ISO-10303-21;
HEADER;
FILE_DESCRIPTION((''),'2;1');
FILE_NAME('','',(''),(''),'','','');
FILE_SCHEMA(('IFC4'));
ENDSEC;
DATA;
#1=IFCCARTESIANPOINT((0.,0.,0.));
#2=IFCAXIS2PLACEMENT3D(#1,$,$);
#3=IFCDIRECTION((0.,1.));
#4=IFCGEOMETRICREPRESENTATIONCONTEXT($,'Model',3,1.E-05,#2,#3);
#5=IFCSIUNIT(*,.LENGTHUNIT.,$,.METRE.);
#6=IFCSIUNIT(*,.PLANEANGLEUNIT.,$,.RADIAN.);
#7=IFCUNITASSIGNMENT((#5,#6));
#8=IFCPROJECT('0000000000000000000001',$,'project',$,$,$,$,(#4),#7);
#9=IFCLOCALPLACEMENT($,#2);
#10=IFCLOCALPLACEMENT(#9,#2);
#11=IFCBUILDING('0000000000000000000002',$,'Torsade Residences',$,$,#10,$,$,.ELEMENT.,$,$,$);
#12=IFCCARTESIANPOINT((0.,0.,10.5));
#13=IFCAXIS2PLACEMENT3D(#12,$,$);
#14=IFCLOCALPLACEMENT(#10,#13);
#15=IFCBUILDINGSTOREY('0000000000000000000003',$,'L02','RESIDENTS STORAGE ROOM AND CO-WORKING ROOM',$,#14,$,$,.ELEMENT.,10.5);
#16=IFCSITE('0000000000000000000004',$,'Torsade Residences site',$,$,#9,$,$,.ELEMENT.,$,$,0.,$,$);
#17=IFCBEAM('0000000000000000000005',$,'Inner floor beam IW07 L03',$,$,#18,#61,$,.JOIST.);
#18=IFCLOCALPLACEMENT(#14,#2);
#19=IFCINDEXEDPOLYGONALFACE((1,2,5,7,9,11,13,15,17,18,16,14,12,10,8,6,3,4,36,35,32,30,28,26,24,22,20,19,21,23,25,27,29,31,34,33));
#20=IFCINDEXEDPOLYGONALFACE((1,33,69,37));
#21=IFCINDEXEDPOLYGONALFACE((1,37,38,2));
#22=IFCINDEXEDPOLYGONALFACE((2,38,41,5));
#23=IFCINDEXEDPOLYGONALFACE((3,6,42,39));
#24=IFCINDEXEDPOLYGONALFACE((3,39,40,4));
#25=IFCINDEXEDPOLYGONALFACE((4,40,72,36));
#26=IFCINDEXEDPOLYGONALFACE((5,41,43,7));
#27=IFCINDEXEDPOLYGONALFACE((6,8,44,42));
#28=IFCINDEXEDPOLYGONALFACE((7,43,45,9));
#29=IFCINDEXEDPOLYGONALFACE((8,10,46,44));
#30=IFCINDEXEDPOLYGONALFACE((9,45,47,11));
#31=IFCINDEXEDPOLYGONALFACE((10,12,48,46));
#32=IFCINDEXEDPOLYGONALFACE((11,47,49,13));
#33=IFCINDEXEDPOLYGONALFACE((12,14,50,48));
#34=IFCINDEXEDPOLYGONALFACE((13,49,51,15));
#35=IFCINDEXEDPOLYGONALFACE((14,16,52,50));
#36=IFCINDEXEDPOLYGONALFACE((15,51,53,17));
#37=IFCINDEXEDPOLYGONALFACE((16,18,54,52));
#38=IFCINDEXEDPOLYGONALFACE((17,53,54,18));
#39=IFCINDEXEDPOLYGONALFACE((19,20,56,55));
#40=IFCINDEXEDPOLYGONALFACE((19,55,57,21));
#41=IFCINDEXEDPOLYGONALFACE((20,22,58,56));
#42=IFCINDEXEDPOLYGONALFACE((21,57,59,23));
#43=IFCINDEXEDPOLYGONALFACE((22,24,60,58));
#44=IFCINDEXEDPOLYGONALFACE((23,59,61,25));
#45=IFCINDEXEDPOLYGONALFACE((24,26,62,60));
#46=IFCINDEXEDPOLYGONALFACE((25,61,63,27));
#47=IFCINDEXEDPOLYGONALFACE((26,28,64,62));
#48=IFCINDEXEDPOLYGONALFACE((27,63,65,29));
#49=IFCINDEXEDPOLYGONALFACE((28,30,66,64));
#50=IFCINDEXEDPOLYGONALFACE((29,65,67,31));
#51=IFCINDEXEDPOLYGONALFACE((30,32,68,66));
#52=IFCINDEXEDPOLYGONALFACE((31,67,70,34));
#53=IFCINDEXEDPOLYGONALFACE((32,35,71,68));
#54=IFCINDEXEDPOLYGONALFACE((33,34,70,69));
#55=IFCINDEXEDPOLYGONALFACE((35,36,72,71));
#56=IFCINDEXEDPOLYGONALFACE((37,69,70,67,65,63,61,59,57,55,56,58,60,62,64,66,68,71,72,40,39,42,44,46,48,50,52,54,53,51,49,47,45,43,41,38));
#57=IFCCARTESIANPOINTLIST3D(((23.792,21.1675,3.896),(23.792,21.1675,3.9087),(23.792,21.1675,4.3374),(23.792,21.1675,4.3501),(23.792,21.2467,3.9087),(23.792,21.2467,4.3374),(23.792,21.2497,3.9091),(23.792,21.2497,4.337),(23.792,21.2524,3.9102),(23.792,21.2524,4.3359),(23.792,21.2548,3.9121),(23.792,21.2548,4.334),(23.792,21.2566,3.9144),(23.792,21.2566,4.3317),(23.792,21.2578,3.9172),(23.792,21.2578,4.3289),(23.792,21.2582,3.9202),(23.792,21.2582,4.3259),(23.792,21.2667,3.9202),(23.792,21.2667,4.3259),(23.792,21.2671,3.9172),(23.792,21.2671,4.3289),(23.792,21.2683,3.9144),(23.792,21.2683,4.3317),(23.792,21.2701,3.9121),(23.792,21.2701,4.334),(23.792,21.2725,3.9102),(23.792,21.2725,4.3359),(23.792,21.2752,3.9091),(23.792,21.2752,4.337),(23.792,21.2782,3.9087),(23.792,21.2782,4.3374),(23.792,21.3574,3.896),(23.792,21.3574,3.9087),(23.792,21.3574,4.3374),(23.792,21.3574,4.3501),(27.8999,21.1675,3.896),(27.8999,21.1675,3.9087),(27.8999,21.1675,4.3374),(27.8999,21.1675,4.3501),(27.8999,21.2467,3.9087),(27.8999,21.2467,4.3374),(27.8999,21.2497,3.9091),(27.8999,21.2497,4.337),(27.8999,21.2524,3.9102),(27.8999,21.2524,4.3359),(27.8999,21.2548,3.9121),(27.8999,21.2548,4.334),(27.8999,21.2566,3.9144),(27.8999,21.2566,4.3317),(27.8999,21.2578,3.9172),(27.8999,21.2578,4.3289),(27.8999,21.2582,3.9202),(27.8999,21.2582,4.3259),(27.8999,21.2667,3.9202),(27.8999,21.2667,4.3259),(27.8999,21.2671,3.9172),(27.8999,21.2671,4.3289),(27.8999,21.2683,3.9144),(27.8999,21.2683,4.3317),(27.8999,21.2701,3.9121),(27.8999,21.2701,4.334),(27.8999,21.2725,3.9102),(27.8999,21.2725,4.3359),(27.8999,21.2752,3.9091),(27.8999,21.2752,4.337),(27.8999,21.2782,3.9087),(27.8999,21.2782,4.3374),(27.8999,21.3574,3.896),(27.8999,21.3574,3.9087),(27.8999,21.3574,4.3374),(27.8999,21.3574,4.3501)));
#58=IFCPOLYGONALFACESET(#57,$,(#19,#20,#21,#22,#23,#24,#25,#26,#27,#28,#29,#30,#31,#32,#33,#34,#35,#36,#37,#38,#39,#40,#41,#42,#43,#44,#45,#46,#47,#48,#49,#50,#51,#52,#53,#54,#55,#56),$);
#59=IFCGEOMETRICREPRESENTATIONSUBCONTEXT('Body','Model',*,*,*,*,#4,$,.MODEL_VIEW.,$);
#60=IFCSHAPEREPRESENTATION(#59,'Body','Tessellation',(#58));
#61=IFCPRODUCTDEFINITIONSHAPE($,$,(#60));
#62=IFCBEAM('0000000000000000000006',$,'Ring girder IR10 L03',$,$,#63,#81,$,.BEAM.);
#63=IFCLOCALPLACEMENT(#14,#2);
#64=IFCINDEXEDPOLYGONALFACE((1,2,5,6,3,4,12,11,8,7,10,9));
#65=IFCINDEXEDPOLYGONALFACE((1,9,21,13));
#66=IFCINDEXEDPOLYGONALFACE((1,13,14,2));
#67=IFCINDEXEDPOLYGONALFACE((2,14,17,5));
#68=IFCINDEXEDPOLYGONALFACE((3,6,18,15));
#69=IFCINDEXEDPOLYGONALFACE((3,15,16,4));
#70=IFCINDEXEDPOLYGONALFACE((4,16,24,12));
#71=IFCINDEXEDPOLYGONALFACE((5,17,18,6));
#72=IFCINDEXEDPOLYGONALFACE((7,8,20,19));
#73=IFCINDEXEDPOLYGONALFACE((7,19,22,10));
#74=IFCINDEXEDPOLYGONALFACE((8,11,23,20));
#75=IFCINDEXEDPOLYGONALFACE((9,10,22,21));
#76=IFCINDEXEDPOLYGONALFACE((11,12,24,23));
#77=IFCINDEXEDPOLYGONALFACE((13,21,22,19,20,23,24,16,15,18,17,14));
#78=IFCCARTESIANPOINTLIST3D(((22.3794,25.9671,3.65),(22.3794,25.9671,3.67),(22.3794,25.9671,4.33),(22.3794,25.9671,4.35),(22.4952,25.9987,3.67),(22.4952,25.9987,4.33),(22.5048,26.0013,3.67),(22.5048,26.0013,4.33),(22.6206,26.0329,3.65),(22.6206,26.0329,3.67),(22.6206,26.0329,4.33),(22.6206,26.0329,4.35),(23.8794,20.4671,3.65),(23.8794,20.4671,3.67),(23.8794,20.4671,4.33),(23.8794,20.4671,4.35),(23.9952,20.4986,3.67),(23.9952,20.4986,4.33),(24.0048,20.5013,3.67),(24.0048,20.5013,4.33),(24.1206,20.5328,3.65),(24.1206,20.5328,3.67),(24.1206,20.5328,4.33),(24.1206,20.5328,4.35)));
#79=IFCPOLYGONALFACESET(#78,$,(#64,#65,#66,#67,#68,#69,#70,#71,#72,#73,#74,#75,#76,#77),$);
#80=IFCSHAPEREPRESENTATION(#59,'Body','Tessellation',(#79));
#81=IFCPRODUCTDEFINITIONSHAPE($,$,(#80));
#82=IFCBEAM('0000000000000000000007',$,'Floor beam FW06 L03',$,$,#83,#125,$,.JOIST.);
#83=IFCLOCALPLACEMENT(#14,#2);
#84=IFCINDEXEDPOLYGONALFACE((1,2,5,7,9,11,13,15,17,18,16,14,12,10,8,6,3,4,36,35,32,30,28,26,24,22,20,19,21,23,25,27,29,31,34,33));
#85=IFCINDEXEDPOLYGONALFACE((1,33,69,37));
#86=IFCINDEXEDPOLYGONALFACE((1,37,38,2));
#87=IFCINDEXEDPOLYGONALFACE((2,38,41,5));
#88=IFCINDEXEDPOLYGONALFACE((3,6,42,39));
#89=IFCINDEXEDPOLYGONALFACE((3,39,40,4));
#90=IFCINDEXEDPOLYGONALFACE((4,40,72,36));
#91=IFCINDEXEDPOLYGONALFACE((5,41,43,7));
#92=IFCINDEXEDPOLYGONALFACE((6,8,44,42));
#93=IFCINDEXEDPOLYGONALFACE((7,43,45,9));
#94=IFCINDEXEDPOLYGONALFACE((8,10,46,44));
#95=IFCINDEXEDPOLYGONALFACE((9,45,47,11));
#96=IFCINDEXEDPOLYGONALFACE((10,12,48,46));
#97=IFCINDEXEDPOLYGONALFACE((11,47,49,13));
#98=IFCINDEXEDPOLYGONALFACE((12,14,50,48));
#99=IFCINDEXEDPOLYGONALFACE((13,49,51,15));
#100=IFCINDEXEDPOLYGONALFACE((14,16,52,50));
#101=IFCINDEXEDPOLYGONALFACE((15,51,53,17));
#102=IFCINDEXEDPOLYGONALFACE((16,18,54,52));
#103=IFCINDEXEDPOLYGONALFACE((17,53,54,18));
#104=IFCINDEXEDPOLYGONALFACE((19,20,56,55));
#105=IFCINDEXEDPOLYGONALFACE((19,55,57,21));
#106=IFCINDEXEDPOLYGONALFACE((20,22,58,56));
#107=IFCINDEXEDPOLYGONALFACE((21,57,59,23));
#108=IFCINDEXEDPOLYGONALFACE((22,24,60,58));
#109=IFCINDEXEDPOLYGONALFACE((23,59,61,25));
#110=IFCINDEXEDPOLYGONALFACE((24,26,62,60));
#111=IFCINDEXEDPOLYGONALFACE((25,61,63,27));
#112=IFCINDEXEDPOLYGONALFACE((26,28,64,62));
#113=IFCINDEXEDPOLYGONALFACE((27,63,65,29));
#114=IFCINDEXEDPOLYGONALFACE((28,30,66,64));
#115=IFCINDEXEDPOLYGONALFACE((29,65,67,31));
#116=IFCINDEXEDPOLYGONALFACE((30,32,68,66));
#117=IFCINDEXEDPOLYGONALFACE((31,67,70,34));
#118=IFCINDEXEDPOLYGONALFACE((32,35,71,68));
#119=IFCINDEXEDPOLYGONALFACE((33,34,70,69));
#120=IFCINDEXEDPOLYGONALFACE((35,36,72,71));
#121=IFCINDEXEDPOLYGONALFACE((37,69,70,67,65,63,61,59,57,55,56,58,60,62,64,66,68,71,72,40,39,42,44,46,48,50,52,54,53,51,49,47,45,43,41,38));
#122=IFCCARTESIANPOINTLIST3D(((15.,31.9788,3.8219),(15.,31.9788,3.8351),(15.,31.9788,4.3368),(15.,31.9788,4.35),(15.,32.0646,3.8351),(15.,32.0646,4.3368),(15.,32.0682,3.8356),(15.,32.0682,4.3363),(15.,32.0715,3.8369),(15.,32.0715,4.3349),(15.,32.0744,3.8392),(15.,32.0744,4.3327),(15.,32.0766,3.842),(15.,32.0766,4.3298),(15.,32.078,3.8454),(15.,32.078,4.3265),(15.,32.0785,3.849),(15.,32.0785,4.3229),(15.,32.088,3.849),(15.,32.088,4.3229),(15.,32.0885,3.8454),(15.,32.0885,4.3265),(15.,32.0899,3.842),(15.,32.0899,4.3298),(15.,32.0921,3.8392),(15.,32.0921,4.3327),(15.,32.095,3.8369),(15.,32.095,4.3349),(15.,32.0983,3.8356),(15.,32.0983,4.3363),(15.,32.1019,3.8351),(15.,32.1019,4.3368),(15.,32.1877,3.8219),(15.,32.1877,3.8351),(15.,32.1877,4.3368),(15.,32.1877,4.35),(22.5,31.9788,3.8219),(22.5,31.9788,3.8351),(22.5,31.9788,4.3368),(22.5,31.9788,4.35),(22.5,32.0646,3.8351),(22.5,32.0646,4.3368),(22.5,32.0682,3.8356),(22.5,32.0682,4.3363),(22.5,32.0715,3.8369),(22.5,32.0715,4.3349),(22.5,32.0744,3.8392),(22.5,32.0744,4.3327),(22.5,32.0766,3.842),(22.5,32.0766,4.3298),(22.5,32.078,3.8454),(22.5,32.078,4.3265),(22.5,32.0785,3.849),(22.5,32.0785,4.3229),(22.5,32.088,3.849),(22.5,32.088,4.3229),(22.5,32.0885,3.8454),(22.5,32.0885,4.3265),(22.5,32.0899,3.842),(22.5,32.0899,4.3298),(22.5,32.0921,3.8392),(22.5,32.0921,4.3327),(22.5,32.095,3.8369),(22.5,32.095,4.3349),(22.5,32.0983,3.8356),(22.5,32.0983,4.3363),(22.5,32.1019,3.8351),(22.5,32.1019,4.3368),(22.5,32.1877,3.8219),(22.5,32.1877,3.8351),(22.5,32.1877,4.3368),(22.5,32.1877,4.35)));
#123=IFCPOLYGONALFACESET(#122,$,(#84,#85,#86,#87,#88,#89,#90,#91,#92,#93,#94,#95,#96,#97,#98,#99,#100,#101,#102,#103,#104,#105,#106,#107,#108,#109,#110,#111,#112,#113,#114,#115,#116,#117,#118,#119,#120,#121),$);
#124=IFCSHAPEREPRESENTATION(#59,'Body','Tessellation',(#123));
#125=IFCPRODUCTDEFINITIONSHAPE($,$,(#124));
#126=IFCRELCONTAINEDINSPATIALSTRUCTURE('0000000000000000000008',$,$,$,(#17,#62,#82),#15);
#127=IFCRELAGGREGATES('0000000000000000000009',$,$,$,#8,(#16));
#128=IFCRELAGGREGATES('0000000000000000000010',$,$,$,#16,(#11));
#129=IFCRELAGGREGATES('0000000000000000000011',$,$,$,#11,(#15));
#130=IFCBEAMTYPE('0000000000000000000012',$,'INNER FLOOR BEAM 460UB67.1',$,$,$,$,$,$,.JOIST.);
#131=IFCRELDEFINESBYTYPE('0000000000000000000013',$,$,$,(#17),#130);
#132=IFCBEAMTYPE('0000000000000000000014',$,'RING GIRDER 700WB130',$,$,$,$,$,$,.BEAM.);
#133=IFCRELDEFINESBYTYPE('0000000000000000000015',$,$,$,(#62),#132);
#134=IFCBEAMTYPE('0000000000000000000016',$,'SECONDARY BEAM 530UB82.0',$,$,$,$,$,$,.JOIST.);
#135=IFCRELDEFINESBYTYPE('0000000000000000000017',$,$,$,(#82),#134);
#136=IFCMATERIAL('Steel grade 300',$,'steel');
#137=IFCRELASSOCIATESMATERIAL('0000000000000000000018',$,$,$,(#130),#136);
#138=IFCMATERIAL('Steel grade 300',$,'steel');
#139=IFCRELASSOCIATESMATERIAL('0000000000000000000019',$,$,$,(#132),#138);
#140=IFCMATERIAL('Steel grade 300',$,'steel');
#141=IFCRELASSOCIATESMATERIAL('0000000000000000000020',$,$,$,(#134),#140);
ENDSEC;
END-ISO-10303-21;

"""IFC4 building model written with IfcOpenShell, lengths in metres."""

from ifc_helpers import new_model, si_unit, direction, frame, origin, origin_2d, place, context, subcontext, project, spatial, i_section, extrude, material, material_profile, profile_set, type_object, element, save


model = new_model("IFC4")

# Units and contexts
model_context = context("Model", 3, precision=1e-05, world=origin(), true_north=direction((0.0, 1.0)))
body_context = subcontext(model_context, "Body", "Model", "MODEL_VIEW")
ifc_project = project(units=[si_unit("LENGTHUNIT", "METRE"), si_unit("PLANEANGLEUNIT", "RADIAN")], contexts=[model_context])

# Site, building, storey
site_placement = place(None, origin())
site = spatial("IfcSite", under=ifc_project, at=site_placement, Name="Torsade Residences site", CompositionType="ELEMENT", RefElevation=0.0)
building_placement = place(site_placement, origin())
building = spatial("IfcBuilding", under=site, at=building_placement, Name="Torsade Residences", CompositionType="ELEMENT")
storey_placement = place(building_placement, frame((0.0, 0.0, 10.5)))
storey = spatial("IfcBuildingStorey", under=building, at=storey_placement, Name="L02", Description="RESIDENTS STORAGE ROOM AND CO-WORKING ROOM", CompositionType="ELEMENT", Elevation=10.5)

# Beams
ifc_material_1 = material(Name="Steel grade 300", Category="steel")
ifc_material_profile_1 = material_profile(ifc_material_1, i_section(OverallWidth=0.1899, OverallDepth=0.4541, WebThickness=0.0085, FlangeThickness=0.0127, FilletRadius=0.0115, at=origin_2d()), Name="460UB67.1")
ifc_profile_set_1 = profile_set([ifc_material_profile_1], Name="Steel grade 300")
beam_type_1 = type_object("IfcBeamType", Name="INNER FLOOR BEAM 460UB67.1", PredefinedType="JOIST", material=ifc_profile_set_1)
beam_1_placement = place(storey_placement, frame((27.8999, 21.2625, 4.123), z_axis=(-1.0, 0.0, 0.0), x_axis=(0.0, -1.0, 0.0)))
element("IfcBeam", 1, at=beam_1_placement, inside=storey, type_object=beam_type_1, Name="Inner floor beam IW07 L03", PredefinedType="JOIST", context=body_context, shape_type="SweptSolid", body=[
    extrude(i_section(OverallWidth=0.1899, OverallDepth=0.4541, WebThickness=0.0085, FlangeThickness=0.0127, FilletRadius=0.0115, at=origin_2d()), origin(), (0.0, 0.0, 1.0), 4.1079),
])
ifc_material_2 = material(Name="Steel grade 300", Category="steel")
ifc_material_profile_2 = material_profile(ifc_material_2, i_section(OverallWidth=0.25, OverallDepth=0.7, WebThickness=0.01, FlangeThickness=0.02, at=origin_2d()), Name="700WB130")
ifc_profile_set_2 = profile_set([ifc_material_profile_2], Name="Steel grade 300")
beam_type_2 = type_object("IfcBeamType", Name="RING GIRDER 700WB130", PredefinedType="BEAM", material=ifc_profile_set_2)
beam_2_placement = place(storey_placement, frame((22.5, 26.0, 4.0), z_axis=(0.263117, -0.964764, 0.0), x_axis=(0.964764, 0.263117, 0.0)))
element("IfcBeam", 2, at=beam_2_placement, inside=storey, type_object=beam_type_2, Name="Ring girder IR10 L03", PredefinedType="BEAM", context=body_context, shape_type="SweptSolid", body=[
    extrude(i_section(OverallWidth=0.25, OverallDepth=0.7, WebThickness=0.01, FlangeThickness=0.02, at=origin_2d()), origin(), (0.0, 0.0, 1.0), 5.7009),
])
ifc_material_3 = material(Name="Steel grade 300", Category="steel")
ifc_material_profile_3 = material_profile(ifc_material_3, i_section(OverallWidth=0.209, OverallDepth=0.5281, WebThickness=0.0095, FlangeThickness=0.0132, FilletRadius=0.0139, at=origin_2d()), Name="530UB82.0")
ifc_profile_set_3 = profile_set([ifc_material_profile_3], Name="Steel grade 300")
beam_type_3 = type_object("IfcBeamType", Name="SECONDARY BEAM 530UB82.0", PredefinedType="JOIST", material=ifc_profile_set_3)
beam_3_placement = place(storey_placement, frame((15.0, 32.0833, 4.0859), z_axis=(1.0, 0.0, 0.0), x_axis=(0.0, 1.0, 0.0)))
element("IfcBeam", 3, at=beam_3_placement, inside=storey, type_object=beam_type_3, Name="Floor beam FW06 L03", PredefinedType="JOIST", context=body_context, shape_type="SweptSolid", body=[
    extrude(i_section(OverallWidth=0.209, OverallDepth=0.5281, WebThickness=0.0095, FlangeThickness=0.0132, FilletRadius=0.0139, at=origin_2d()), origin(), (0.0, 0.0, 1.0), 7.5),
])

save(model, "model.ifc")
